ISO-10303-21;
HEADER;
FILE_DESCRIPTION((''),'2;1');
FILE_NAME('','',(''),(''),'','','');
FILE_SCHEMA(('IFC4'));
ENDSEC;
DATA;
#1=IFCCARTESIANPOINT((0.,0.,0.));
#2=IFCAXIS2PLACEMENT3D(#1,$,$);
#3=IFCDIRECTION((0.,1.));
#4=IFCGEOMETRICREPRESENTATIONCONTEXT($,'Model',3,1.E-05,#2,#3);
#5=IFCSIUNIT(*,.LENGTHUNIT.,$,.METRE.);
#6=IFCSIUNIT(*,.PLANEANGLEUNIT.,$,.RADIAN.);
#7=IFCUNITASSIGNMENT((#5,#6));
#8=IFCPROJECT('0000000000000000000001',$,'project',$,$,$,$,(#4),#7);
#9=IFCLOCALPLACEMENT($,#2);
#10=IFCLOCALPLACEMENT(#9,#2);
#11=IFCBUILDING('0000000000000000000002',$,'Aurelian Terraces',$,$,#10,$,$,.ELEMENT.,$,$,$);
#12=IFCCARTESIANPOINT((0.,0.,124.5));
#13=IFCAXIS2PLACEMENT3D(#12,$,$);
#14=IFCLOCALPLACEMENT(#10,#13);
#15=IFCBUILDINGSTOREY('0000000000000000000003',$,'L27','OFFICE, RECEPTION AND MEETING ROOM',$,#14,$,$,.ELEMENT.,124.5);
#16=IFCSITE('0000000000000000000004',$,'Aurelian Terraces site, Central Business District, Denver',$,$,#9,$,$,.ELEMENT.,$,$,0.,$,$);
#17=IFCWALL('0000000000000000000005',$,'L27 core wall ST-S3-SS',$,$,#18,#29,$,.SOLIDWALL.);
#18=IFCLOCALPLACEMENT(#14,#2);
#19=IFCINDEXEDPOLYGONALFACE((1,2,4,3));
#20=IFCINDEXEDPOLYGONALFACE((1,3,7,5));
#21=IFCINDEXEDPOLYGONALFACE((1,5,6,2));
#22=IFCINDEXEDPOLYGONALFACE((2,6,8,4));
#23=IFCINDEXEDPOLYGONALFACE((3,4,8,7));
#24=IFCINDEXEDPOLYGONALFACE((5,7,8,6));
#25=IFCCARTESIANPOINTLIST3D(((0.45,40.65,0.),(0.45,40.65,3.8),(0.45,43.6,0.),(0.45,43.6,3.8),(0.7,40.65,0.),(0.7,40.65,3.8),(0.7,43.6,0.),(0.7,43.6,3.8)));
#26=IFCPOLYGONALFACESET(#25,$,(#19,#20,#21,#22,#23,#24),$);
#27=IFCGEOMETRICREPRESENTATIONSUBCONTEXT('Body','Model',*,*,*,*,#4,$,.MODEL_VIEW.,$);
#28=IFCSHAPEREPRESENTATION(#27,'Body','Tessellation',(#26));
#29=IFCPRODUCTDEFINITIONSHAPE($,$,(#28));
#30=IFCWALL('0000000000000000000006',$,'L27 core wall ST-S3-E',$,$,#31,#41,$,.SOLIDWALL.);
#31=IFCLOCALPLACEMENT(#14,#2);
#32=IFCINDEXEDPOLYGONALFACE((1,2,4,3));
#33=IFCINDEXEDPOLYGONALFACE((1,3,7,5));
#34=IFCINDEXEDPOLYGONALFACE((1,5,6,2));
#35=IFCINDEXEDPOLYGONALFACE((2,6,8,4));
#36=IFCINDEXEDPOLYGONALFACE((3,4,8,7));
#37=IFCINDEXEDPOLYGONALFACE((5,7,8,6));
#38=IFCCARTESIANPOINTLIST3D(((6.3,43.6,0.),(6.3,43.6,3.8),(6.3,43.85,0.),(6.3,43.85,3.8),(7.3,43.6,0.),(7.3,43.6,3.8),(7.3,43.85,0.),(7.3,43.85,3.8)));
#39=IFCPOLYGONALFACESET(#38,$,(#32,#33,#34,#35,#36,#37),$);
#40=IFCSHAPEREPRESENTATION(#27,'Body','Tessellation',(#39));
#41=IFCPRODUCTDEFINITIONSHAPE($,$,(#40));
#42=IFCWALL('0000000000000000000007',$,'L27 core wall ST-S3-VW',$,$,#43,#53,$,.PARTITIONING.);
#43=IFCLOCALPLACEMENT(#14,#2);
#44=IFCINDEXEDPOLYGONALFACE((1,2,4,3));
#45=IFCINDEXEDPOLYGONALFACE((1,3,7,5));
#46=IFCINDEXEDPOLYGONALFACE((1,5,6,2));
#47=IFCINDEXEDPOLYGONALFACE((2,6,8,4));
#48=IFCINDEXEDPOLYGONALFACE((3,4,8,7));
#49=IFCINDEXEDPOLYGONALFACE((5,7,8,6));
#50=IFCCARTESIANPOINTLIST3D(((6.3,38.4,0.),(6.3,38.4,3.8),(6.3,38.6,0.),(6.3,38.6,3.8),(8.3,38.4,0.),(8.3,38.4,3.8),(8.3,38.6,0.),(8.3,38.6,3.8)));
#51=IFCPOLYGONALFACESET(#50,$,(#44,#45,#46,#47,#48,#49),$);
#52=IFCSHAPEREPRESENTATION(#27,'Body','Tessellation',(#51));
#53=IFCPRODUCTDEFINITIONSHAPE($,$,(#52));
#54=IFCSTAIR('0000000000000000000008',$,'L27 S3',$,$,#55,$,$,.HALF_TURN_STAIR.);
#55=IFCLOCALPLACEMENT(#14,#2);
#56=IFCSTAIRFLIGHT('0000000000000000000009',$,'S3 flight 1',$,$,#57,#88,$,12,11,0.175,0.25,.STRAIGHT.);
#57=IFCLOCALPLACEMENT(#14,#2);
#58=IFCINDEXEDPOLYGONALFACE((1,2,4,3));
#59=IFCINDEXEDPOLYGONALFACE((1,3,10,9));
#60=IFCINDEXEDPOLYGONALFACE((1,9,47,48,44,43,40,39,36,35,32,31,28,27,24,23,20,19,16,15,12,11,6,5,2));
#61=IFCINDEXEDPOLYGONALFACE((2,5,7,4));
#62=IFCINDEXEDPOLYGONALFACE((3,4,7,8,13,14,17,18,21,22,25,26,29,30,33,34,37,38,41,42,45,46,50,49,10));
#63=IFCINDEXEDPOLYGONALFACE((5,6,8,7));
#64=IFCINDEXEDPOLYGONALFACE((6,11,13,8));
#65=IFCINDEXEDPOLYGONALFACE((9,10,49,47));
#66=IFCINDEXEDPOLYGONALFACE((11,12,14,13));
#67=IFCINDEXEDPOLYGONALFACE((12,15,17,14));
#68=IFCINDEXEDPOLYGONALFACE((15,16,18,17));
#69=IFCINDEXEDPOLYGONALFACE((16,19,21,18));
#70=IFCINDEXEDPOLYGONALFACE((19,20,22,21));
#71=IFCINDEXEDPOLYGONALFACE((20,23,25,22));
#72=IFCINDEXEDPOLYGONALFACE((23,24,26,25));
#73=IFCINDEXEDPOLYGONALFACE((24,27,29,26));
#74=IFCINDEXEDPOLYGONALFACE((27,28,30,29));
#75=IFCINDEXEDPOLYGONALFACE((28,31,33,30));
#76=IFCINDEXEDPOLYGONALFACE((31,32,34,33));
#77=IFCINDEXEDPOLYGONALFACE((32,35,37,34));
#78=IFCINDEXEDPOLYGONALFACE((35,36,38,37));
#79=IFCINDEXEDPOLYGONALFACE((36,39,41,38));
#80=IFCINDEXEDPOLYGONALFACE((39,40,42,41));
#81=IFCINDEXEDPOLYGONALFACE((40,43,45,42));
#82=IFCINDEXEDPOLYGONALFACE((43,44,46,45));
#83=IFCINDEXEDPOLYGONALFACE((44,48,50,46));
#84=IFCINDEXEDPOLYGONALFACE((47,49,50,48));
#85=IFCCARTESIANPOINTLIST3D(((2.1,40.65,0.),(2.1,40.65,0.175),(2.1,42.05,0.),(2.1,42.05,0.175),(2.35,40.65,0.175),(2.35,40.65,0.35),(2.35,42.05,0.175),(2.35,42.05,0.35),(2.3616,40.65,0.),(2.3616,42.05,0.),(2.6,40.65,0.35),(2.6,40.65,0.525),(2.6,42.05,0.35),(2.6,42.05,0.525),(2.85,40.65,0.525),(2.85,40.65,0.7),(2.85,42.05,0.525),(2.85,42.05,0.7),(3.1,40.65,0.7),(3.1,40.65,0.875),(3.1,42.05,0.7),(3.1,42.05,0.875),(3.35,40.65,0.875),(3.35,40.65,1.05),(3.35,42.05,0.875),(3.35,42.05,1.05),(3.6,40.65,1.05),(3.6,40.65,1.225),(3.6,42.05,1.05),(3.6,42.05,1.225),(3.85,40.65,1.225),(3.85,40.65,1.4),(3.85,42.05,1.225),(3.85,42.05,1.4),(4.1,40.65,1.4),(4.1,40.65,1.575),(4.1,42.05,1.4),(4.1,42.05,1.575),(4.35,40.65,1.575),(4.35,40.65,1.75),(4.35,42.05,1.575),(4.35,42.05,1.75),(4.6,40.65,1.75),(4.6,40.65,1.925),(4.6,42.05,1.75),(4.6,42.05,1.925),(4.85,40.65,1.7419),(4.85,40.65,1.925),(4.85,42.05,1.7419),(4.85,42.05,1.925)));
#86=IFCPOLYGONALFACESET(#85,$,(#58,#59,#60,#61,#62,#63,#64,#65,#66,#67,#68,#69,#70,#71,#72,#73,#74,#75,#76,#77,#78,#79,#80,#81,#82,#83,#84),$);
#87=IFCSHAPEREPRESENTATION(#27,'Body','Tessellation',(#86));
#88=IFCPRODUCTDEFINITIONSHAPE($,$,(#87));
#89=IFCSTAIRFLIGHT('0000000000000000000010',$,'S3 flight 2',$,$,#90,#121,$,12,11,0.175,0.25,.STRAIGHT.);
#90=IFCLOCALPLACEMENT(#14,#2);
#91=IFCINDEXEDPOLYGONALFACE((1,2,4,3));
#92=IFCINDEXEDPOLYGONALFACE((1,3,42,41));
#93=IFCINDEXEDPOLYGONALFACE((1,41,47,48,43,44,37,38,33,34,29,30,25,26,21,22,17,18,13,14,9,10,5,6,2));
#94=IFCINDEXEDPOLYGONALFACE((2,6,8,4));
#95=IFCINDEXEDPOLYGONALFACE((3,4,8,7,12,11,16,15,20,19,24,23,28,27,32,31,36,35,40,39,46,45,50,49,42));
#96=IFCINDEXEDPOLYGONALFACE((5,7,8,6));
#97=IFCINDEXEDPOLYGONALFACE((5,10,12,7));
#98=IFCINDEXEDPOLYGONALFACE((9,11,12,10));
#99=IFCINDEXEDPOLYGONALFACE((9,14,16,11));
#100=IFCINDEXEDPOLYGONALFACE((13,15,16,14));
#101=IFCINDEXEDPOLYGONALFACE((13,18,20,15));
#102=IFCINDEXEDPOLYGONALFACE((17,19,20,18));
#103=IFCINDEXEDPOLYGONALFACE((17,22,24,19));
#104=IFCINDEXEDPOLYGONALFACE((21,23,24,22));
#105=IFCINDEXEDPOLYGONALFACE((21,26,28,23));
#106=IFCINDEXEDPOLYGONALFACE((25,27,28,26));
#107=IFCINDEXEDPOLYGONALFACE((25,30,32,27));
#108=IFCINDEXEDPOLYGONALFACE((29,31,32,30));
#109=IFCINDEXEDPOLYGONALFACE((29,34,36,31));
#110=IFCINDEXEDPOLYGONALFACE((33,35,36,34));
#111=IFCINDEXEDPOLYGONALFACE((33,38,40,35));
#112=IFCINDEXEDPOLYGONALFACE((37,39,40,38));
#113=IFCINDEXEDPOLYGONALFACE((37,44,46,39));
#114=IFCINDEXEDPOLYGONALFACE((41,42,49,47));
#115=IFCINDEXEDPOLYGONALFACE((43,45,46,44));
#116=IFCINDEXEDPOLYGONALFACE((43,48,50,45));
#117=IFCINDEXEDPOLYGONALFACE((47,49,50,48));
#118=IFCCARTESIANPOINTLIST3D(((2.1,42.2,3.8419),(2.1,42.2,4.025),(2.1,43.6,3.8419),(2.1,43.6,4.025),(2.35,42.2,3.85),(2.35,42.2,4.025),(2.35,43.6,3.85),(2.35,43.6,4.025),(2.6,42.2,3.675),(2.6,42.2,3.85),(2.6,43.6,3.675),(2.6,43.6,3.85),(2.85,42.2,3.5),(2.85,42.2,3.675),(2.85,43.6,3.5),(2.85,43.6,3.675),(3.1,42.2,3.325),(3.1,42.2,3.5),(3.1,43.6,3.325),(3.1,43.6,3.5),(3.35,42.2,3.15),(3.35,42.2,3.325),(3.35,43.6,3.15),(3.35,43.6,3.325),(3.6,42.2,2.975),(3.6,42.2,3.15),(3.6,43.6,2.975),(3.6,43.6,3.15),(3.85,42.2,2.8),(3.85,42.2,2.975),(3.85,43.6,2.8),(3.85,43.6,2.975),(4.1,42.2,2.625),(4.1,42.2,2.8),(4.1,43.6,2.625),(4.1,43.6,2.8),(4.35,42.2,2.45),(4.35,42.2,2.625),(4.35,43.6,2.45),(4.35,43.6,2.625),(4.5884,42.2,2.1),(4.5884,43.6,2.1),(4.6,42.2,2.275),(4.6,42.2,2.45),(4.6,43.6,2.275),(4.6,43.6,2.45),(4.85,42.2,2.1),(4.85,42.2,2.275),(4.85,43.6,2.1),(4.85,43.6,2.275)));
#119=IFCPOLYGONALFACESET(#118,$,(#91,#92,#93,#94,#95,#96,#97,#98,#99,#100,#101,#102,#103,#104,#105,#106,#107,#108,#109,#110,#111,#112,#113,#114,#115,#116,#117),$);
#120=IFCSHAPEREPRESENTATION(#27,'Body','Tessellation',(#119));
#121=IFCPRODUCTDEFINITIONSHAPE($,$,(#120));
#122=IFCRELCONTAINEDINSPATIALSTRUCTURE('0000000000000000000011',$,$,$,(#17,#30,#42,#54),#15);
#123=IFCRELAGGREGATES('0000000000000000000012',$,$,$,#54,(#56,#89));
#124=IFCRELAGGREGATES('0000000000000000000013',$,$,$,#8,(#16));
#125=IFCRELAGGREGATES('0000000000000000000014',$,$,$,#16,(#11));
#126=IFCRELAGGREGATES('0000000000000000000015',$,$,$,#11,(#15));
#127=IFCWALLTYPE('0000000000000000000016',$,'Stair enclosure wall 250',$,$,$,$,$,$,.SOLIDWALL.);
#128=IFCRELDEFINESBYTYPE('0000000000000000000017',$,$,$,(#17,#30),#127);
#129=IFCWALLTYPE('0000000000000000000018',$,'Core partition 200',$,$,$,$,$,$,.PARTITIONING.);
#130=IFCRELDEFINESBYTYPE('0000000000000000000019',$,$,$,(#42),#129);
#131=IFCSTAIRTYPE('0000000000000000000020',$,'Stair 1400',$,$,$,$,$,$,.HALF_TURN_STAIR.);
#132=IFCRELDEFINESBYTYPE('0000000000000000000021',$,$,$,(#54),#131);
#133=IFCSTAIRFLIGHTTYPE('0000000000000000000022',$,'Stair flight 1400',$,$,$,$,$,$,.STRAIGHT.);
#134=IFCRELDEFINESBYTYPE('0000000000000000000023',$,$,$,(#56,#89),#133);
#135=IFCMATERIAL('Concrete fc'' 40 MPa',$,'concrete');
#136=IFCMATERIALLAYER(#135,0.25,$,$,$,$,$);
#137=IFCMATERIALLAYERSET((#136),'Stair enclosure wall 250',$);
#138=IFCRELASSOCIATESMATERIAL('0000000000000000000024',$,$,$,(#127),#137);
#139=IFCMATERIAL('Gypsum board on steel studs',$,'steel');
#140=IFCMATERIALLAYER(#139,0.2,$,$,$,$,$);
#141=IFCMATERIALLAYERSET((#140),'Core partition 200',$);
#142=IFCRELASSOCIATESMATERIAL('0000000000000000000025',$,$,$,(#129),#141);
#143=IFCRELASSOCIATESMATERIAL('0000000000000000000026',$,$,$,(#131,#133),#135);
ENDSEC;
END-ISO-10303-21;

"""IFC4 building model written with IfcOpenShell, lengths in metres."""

from ifc_helpers import new_model, si_unit, direction, frame, frame_2d, origin, place, context, subcontext, project, spatial, polyline, rectangle, outline, extrude, source, transform, mapped, material, layer, layer_set, type_object, element, aggregate, save


model = new_model("IFC4")

# Units and contexts
model_context = context("Model", 3, precision=1e-05, world=origin(), true_north=direction((0.0, 1.0)))
body_context = subcontext(model_context, "Body", "Model", "MODEL_VIEW")
ifc_project = project(units=[si_unit("LENGTHUNIT", "METRE"), si_unit("PLANEANGLEUNIT", "RADIAN")], contexts=[model_context])

# Site, building, storey
site_placement = place(None, origin())
site = spatial("IfcSite", under=ifc_project, at=site_placement, Name="Aurelian Terraces site, Central Business District, Denver", CompositionType="ELEMENT", RefElevation=0.0)
building_placement = place(site_placement, origin())
building = spatial("IfcBuilding", under=site, at=building_placement, Name="Aurelian Terraces", CompositionType="ELEMENT")
storey_placement = place(building_placement, frame((0.0, 0.0, 124.5)))
storey = spatial("IfcBuildingStorey", under=building, at=storey_placement, Name="L27", Description="OFFICE, RECEPTION AND MEETING ROOM", CompositionType="ELEMENT", Elevation=124.5)

# Shared definitions
ifc_material_1 = material(Name="Concrete fc' 40 MPa", Category="concrete")

# Shared definitions
ifc_layer_1 = layer(ifc_material_1, 0.25)
ifc_layer_set_1 = layer_set([ifc_layer_1], Name="Stair enclosure wall 250")
wall_type_1 = type_object("IfcWallType", Name="Stair enclosure wall 250", PredefinedType="SOLIDWALL", material=ifc_layer_set_1)

# Walls
shared_shape_1 = source(origin(), body_context, "Body", "SweptSolid", [
    extrude(rectangle(XDim=2.95, YDim=0.25, at=frame_2d((1.475, 0.0))), origin(), (0.0, 0.0, 1.0), 3.8),
])
wall_1_placement = place(storey_placement, frame((0.575, 40.65, 0.0), z_axis=(0.0, 0.0, 1.0), x_axis=(0.0, 1.0, 0.0)))
element("IfcWall", 1, at=wall_1_placement, inside=storey, type_object=wall_type_1, Name="L27 core wall ST-S3-SS", PredefinedType="SOLIDWALL", context=body_context, shape_type="MappedRepresentation", body=[
    mapped(shared_shape_1, transform((0.0, 0.0, 0.0), scale=1.0)),
])
shared_shape_2 = source(origin(), body_context, "Body", "SweptSolid", [
    extrude(rectangle(XDim=1.0, YDim=0.25, at=frame_2d((0.5, 0.0))), origin(), (0.0, 0.0, 1.0), 3.8),
])
wall_2_placement = place(storey_placement, frame((6.3, 43.725, 0.0), z_axis=(0.0, 0.0, 1.0), x_axis=(1.0, 0.0, 0.0)))
element("IfcWall", 2, at=wall_2_placement, inside=storey, type_object=wall_type_1, Name="L27 core wall ST-S3-E", PredefinedType="SOLIDWALL", context=body_context, shape_type="MappedRepresentation", body=[
    mapped(shared_shape_2, transform((0.0, 0.0, 0.0), scale=1.0)),
])
ifc_material_2 = material(Name="Gypsum board on steel studs", Category="steel")
ifc_layer_2 = layer(ifc_material_2, 0.2)
ifc_layer_set_2 = layer_set([ifc_layer_2], Name="Core partition 200")
wall_type_2 = type_object("IfcWallType", Name="Core partition 200", PredefinedType="PARTITIONING", material=ifc_layer_set_2)
shared_shape_3 = source(origin(), body_context, "Body", "SweptSolid", [
    extrude(rectangle(XDim=2.0, YDim=0.2, at=frame_2d((1.0, 0.0))), origin(), (0.0, 0.0, 1.0), 3.8),
])
wall_3_placement = place(storey_placement, frame((6.3, 38.5, 0.0), z_axis=(0.0, 0.0, 1.0), x_axis=(1.0, 0.0, 0.0)))
element("IfcWall", 3, at=wall_3_placement, inside=storey, type_object=wall_type_2, Name="L27 core wall ST-S3-VW", PredefinedType="PARTITIONING", context=body_context, shape_type="MappedRepresentation", body=[
    mapped(shared_shape_3, transform((0.0, 0.0, 0.0), scale=1.0)),
])

# Stair, stair flights
stair_type = type_object("IfcStairType", Name="Stair 1400", PredefinedType="HALF_TURN_STAIR", material=ifc_material_1)
stair_placement = place(storey_placement, origin())
stair = element("IfcStair", 4, at=stair_placement, inside=storey, type_object=stair_type, Name="L27 S3", PredefinedType="HALF_TURN_STAIR")
stair_flight_type = type_object("IfcStairFlightType", Name="Stair flight 1400", PredefinedType="STRAIGHT", material=ifc_material_1)
shared_shape_4 = source(origin(), body_context, "Body", "SweptSolid", [
    extrude(outline(polyline([(0.0, 0.0), (0.0, 0.175), (0.25, 0.175), (0.25, 0.35), (0.5, 0.35), (0.5, 0.525), (0.75, 0.525), (0.75, 0.7), (1.0, 0.7), (1.0, 0.875), (1.25, 0.875), (1.25, 1.05), (1.5, 1.05), (1.5, 1.225), (1.75, 1.225), (1.75, 1.4), (2.0, 1.4), (2.0, 1.575), (2.25, 1.575), (2.25, 1.75), (2.5, 1.75), (2.5, 1.925), (2.75, 1.925), (2.75, 2.1), (2.75, 1.7419), (0.2616, 0.0), (0.0, 0.0)])), frame((0.0, 0.7, 0.0), z_axis=(0.0, -1.0, 0.0), x_axis=(1.0, 0.0, 0.0)), (0.0, 0.0, 1.0), 1.4),
])
stair_flight_1_placement = place(storey_placement, frame((2.1, 41.35, 0.0), z_axis=(0.0, 0.0, 1.0), x_axis=(1.0, 0.0, 0.0)))
stair_flight_1 = element("IfcStairFlight", 5, at=stair_flight_1_placement, type_object=stair_flight_type, Name="S3 flight 1", NumberOfRisers=12, NumberOfTreads=11, PredefinedType="STRAIGHT", RiserHeight=0.175, TreadLength=0.25, context=body_context, shape_type="MappedRepresentation", body=[
    mapped(shared_shape_4, transform((0.0, 0.0, 0.0), scale=1.0)),
])
stair_flight_2_placement = place(storey_placement, frame((4.85, 42.9, 2.1), z_axis=(0.0, 0.0, 1.0), x_axis=(-1.0, 0.0, 0.0)))
stair_flight_2 = element("IfcStairFlight", 6, at=stair_flight_2_placement, type_object=stair_flight_type, Name="S3 flight 2", NumberOfRisers=12, NumberOfTreads=11, PredefinedType="STRAIGHT", RiserHeight=0.175, TreadLength=0.25, context=body_context, shape_type="MappedRepresentation", body=[
    mapped(shared_shape_4, transform((0.0, 0.0, 0.0), scale=1.0)),
])
aggregate(stair, [stair_flight_1, stair_flight_2])

save(model, "model.ifc")
